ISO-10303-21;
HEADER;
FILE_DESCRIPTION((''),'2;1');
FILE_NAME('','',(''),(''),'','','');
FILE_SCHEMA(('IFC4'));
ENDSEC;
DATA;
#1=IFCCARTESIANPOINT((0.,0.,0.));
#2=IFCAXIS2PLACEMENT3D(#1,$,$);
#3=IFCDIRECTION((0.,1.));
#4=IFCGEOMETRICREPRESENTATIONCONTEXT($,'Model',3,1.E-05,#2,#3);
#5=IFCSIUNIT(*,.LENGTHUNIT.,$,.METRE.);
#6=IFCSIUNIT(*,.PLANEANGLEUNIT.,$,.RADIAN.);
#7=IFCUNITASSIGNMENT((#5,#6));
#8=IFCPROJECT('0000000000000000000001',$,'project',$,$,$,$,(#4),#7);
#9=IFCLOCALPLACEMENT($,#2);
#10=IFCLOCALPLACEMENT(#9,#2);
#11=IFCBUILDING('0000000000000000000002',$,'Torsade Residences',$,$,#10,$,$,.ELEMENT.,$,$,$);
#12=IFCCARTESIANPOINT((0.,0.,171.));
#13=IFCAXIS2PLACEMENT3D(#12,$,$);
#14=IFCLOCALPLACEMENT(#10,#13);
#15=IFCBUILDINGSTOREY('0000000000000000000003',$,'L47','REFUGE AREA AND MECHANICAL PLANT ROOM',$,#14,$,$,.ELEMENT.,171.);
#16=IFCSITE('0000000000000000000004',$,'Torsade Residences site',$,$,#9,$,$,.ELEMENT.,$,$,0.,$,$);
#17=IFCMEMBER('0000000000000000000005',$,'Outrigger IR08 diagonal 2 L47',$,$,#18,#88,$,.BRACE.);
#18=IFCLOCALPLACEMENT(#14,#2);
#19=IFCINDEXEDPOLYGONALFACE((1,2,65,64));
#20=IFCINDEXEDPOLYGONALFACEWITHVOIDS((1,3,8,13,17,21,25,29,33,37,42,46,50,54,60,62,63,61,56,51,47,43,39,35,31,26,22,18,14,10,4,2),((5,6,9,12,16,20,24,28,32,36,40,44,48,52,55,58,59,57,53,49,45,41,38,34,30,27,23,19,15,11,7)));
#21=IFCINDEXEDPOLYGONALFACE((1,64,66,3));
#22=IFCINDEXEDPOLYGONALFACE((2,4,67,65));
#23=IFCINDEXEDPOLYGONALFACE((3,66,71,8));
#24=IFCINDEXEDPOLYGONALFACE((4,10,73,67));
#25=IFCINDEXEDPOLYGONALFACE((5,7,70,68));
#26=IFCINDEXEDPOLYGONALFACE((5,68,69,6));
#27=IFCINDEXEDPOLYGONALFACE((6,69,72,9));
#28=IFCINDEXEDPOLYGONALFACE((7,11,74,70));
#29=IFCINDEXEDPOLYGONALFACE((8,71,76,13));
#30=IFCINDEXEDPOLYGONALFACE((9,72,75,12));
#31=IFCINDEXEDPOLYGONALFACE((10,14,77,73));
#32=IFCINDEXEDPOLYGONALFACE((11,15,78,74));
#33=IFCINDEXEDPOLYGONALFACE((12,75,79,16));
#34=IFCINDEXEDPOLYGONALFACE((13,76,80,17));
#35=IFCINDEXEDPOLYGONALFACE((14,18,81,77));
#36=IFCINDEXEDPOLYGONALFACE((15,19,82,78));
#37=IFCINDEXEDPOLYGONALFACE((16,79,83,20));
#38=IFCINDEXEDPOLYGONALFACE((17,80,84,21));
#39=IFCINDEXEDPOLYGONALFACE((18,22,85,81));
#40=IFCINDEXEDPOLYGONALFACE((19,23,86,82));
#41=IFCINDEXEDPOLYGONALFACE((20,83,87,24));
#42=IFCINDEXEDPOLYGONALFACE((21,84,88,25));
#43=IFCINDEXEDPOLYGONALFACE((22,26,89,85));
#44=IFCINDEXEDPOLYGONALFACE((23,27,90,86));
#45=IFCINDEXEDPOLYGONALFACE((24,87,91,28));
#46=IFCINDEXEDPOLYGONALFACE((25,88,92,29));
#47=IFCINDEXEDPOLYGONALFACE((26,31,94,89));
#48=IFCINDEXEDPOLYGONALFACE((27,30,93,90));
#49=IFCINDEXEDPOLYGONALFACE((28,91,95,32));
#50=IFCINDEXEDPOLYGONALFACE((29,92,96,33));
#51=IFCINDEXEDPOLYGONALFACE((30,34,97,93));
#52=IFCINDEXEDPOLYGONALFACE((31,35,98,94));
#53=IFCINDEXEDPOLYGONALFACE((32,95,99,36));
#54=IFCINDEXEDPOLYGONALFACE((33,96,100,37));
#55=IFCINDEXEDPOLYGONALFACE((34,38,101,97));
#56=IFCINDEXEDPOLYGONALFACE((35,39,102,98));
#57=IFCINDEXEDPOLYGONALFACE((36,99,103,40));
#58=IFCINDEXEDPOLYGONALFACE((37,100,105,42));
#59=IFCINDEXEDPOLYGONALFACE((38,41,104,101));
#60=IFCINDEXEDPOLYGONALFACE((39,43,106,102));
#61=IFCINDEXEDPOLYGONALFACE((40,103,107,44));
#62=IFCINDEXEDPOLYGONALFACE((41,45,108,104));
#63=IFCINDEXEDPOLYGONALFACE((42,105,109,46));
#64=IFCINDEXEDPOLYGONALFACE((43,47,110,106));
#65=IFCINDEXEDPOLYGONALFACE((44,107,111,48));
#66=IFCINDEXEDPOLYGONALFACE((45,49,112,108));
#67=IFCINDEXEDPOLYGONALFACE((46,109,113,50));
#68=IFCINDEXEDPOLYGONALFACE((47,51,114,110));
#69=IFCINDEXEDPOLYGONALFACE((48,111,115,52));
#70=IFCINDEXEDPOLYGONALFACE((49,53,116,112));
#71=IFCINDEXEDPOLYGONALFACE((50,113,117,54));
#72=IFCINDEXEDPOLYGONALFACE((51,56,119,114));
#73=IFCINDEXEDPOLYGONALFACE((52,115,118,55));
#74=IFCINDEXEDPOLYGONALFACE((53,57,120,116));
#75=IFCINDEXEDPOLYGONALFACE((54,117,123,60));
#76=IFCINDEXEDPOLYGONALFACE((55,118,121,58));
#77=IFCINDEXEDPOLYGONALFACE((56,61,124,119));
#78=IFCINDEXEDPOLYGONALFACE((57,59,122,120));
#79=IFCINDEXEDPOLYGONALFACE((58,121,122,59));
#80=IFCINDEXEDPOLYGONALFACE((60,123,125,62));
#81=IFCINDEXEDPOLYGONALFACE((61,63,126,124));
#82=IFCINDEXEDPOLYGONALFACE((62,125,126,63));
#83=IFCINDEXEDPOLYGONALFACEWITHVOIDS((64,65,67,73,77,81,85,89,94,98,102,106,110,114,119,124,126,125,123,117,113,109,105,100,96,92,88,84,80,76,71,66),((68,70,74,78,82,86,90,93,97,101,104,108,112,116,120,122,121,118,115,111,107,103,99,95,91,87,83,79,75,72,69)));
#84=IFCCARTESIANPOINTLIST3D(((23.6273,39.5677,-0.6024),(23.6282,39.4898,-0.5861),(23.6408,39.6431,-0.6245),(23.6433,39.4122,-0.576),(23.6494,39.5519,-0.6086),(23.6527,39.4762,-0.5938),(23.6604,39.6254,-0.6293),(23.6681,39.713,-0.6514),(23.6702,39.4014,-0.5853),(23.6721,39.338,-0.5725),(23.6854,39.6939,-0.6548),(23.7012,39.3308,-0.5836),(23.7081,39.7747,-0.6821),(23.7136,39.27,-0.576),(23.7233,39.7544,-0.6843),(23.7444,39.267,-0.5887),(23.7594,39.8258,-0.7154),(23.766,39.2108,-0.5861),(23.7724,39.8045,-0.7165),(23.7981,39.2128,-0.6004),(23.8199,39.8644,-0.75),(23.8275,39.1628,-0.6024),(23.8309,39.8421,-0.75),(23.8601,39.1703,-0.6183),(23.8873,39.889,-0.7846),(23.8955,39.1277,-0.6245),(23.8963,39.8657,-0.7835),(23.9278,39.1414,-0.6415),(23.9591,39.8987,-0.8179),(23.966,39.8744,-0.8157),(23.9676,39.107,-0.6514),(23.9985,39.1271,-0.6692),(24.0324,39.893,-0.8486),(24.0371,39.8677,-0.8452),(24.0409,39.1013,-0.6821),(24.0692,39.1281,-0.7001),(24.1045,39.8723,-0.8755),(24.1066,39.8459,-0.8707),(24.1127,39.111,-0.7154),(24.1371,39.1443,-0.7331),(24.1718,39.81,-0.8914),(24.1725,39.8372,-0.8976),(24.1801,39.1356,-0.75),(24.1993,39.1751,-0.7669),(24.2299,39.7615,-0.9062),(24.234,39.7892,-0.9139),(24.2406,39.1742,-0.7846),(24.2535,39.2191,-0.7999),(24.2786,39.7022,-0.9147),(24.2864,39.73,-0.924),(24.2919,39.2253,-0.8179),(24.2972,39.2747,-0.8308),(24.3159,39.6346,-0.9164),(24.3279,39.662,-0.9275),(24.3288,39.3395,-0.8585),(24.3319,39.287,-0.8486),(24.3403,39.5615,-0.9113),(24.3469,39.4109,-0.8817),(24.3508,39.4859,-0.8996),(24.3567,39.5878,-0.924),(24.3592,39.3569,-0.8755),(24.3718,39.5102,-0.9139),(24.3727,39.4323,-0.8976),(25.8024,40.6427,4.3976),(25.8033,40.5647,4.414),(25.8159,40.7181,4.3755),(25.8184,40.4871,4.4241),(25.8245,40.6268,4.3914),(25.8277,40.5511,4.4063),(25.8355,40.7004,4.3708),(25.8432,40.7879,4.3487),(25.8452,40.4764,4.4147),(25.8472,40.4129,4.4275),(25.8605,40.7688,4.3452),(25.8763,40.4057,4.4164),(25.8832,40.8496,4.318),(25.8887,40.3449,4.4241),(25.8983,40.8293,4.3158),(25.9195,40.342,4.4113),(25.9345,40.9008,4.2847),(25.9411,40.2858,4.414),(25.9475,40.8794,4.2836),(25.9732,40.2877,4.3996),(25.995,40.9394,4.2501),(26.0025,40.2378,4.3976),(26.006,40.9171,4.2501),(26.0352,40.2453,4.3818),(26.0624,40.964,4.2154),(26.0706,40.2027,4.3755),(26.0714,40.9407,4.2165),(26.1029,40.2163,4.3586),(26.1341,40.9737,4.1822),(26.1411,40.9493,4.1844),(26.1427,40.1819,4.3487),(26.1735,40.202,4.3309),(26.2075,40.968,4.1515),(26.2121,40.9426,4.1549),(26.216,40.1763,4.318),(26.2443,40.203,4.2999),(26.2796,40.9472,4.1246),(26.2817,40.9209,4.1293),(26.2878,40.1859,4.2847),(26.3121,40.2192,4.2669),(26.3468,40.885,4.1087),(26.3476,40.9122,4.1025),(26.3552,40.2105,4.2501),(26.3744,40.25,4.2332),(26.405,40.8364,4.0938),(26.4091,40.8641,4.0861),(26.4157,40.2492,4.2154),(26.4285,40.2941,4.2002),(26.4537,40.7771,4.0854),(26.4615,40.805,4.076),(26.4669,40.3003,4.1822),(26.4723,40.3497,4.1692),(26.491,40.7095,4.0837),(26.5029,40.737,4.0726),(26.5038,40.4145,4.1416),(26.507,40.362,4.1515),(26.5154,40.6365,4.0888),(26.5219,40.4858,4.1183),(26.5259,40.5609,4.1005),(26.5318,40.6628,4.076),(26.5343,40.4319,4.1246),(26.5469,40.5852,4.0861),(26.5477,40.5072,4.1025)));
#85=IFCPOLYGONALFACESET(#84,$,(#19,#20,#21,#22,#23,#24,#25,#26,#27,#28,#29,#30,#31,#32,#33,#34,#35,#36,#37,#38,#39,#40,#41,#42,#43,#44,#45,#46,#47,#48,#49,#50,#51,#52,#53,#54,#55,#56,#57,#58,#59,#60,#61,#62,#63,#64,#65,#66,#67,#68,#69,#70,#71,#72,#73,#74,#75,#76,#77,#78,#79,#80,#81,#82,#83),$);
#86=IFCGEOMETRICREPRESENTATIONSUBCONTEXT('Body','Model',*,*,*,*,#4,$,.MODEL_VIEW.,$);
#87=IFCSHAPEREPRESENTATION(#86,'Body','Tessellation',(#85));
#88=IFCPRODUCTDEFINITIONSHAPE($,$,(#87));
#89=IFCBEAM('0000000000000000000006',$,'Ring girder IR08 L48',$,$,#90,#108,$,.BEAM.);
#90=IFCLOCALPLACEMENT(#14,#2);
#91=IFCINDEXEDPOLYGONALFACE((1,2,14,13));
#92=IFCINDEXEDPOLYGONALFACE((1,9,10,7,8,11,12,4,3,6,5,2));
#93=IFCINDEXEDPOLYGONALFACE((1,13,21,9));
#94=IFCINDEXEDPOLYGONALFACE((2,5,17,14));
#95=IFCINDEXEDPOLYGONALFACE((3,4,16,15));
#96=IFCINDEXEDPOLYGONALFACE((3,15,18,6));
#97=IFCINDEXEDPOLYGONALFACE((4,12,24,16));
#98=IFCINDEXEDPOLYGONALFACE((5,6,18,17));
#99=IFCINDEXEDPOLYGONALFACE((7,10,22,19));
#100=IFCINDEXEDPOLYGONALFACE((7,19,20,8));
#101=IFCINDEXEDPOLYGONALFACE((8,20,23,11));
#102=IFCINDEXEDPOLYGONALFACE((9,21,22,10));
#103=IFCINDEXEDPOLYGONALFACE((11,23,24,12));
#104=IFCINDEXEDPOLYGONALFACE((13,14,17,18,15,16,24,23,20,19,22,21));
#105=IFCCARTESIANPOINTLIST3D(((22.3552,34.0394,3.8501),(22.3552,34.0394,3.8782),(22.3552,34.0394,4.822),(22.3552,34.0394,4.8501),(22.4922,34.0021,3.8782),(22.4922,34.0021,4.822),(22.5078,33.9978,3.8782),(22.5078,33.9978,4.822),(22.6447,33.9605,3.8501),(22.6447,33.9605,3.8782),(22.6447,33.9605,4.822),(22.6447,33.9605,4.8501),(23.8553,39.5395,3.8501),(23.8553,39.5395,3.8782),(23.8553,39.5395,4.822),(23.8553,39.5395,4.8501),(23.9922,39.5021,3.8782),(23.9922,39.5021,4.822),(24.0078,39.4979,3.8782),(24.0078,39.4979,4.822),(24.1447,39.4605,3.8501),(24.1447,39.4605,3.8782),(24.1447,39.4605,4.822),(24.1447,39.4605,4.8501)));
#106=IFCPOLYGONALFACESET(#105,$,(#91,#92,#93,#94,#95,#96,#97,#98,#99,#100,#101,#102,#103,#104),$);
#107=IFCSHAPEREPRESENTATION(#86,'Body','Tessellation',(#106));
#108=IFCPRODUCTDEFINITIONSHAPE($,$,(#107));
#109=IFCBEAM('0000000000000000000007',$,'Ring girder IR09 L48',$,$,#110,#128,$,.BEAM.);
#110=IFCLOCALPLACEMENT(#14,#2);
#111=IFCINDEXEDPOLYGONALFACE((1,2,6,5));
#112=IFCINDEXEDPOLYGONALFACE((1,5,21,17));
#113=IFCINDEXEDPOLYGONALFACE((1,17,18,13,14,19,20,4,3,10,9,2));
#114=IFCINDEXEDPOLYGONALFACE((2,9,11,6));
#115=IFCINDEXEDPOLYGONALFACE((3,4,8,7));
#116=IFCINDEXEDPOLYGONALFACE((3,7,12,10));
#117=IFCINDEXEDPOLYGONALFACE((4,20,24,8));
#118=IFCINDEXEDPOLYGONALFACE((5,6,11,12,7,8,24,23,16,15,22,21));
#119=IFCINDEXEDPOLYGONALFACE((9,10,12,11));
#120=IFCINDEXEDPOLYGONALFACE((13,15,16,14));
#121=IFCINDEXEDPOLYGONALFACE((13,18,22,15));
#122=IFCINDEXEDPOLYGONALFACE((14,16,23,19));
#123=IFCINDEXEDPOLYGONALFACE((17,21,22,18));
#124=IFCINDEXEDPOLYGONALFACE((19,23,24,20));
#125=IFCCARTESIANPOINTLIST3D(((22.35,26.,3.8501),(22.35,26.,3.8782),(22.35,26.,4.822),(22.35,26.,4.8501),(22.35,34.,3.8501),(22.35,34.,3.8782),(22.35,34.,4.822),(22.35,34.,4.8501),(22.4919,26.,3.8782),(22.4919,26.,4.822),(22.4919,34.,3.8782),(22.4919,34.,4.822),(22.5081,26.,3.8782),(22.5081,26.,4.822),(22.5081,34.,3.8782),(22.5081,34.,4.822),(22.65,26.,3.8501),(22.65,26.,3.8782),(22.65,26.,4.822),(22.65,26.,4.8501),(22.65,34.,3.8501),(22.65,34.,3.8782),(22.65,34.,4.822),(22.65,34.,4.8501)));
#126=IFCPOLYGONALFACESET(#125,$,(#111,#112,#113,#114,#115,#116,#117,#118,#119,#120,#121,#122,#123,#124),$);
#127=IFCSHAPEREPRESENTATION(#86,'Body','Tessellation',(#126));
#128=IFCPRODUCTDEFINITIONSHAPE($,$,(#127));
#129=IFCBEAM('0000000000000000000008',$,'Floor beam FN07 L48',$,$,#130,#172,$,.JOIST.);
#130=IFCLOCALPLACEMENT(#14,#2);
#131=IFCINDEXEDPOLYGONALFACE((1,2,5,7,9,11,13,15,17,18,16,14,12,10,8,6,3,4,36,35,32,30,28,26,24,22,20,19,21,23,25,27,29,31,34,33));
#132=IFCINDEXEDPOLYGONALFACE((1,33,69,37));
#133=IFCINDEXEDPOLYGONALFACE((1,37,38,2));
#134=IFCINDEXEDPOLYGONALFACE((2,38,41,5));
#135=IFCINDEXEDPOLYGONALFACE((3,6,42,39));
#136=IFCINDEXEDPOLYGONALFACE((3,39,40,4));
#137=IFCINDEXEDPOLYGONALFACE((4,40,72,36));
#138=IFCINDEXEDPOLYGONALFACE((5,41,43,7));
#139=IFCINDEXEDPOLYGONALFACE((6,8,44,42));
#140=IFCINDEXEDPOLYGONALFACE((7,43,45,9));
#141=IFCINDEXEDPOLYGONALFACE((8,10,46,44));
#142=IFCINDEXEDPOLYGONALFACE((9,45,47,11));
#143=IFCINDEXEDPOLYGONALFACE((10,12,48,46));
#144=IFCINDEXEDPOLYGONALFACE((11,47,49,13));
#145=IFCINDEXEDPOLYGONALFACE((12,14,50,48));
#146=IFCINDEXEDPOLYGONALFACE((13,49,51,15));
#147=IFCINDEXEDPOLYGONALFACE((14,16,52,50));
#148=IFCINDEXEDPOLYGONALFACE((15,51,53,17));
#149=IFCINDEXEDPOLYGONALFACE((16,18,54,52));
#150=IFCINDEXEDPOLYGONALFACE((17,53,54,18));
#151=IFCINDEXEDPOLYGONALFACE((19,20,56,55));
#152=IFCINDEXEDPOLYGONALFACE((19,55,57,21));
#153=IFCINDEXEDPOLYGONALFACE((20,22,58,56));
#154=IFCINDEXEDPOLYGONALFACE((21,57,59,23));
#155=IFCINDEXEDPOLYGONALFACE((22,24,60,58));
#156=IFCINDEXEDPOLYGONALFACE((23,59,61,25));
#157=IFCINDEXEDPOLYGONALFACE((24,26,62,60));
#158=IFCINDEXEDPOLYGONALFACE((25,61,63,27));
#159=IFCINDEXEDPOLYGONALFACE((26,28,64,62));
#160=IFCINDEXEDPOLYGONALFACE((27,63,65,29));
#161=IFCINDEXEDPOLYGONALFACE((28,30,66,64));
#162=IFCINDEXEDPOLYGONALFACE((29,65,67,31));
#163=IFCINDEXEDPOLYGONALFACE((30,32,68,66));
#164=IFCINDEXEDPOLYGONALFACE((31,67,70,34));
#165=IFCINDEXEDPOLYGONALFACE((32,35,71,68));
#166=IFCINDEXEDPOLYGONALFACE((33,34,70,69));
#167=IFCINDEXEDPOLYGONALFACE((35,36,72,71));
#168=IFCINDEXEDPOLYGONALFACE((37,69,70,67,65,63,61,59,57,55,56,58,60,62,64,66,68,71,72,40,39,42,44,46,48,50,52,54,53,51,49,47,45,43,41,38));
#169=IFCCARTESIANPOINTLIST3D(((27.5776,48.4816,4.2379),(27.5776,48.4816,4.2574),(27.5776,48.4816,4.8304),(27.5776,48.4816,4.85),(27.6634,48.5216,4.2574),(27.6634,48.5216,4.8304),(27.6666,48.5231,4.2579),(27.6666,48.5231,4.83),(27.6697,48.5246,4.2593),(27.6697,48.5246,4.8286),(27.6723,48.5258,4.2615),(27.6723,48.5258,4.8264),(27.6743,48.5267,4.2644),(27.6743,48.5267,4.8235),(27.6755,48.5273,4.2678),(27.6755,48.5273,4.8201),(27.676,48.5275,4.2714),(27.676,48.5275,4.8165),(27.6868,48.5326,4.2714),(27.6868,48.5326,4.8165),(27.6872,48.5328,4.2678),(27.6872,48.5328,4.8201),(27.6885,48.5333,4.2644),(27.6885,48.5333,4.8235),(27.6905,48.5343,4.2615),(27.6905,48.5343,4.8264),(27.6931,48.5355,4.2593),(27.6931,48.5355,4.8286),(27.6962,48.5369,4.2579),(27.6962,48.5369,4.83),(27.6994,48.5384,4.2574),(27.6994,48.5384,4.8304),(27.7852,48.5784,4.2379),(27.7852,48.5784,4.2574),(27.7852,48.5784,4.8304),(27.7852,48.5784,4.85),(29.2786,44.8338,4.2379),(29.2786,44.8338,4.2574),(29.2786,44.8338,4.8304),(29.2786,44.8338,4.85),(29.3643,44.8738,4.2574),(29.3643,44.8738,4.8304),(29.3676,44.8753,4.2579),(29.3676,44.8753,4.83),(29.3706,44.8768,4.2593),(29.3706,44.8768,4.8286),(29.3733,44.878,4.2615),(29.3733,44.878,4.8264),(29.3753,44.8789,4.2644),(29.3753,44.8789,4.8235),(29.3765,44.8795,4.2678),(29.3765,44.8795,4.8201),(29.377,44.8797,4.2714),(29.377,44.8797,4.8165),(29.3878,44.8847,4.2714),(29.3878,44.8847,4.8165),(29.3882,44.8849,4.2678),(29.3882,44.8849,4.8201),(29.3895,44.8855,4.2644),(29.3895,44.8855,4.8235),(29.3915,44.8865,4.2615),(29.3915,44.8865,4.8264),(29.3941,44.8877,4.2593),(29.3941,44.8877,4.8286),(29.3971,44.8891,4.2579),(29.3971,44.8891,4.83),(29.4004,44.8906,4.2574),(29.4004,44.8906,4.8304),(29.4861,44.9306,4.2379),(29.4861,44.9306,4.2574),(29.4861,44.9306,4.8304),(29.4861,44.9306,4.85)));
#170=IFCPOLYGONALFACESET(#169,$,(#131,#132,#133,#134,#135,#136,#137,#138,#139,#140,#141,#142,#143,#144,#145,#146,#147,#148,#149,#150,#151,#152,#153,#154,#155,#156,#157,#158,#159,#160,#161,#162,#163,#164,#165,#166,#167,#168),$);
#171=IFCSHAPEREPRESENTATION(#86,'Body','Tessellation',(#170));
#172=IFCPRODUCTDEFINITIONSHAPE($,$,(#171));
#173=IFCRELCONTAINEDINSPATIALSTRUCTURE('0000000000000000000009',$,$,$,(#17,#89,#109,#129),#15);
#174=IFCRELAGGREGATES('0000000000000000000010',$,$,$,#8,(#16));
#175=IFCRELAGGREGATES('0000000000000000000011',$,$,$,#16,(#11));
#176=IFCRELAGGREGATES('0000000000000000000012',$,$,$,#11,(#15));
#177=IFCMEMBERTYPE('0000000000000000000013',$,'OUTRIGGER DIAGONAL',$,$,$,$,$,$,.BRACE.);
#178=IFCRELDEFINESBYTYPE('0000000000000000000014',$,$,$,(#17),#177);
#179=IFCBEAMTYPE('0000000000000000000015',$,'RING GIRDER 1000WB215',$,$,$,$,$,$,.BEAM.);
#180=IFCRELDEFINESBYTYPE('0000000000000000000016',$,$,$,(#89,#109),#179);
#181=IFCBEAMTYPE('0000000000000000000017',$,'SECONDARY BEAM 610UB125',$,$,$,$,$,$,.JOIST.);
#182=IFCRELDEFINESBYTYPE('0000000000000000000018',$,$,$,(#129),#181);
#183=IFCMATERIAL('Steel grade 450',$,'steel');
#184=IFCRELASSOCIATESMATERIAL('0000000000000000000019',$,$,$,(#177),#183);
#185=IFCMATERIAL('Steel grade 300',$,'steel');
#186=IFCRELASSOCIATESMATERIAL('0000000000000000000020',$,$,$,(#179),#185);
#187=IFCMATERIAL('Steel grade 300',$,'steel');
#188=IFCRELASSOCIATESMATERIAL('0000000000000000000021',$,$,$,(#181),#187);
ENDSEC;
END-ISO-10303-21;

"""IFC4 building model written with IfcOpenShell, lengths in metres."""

from ifc_helpers import new_model, si_unit, direction, frame, origin, origin_2d, place, context, subcontext, project, spatial, hollow_circle, i_section, extrude, material, material_profile, profile_set, type_object, element, save


model = new_model("IFC4")

# Units and contexts
model_context = context("Model", 3, precision=1e-05, world=origin(), true_north=direction((0.0, 1.0)))
body_context = subcontext(model_context, "Body", "Model", "MODEL_VIEW")
ifc_project = project(units=[si_unit("LENGTHUNIT", "METRE"), si_unit("PLANEANGLEUNIT", "RADIAN")], contexts=[model_context])

# Site, building, storey
site_placement = place(None, origin())
site = spatial("IfcSite", under=ifc_project, at=site_placement, Name="Torsade Residences site", CompositionType="ELEMENT", RefElevation=0.0)
building_placement = place(site_placement, origin())
building = spatial("IfcBuilding", under=site, at=building_placement, Name="Torsade Residences", CompositionType="ELEMENT")
storey_placement = place(building_placement, frame((0.0, 0.0, 171.0)))
storey = spatial("IfcBuildingStorey", under=building, at=storey_placement, Name="L47", Description="REFUGE AREA AND MECHANICAL PLANT ROOM", CompositionType="ELEMENT", Elevation=171.0)

# Member
ifc_material_1 = material(Name="Steel grade 450", Category="steel")
ifc_material_profile_1 = material_profile(ifc_material_1, hollow_circle(Radius=0.4065, WallThickness=0.0249, at=origin_2d()), Name="813.0x25.0CHS")
ifc_profile_set_1 = profile_set([ifc_material_profile_1], Name="Steel grade 450")
member_type_1 = type_object("IfcMemberType", Name="OUTRIGGER DIAGONAL", PredefinedType="BRACE", material=ifc_profile_set_1)
member_1_placement = place(storey_placement, frame((24.0, 39.5, -0.75), z_axis=(0.391368, 0.193422, 0.899677), x_axis=(-0.443063, 0.896491, 0.0)))
element("IfcMember", 1, at=member_1_placement, inside=storey, type_object=member_type_1, Name="Outrigger IR08 diagonal 2 L47", PredefinedType="BRACE", context=body_context, shape_type="SweptSolid", body=[
    extrude(hollow_circle(Radius=0.4065, WallThickness=0.0249, at=origin_2d()), origin(), (0.0, 0.0, 1.0), 5.5576),
])

# Beams
ifc_material_2 = material(Name="Steel grade 300", Category="steel")
ifc_material_profile_2 = material_profile(ifc_material_2, i_section(OverallWidth=0.3, OverallDepth=1.0, WebThickness=0.0161, FlangeThickness=0.0281, at=origin_2d()), Name="1000WB215")
ifc_profile_set_2 = profile_set([ifc_material_profile_2], Name="Steel grade 300")
beam_type_1 = type_object("IfcBeamType", Name="RING GIRDER 1000WB215", PredefinedType="BEAM", material=ifc_profile_set_2)
beam_1_placement = place(storey_placement, frame((24.0, 39.5, 4.3501), z_axis=(-0.263117, -0.964764, 0.0), x_axis=(0.964764, -0.263117, 0.0)))
element("IfcBeam", 2, at=beam_1_placement, inside=storey, type_object=beam_type_1, Name="Ring girder IR08 L48", PredefinedType="BEAM", context=body_context, shape_type="SweptSolid", body=[
    extrude(i_section(OverallWidth=0.3, OverallDepth=1.0, WebThickness=0.0161, FlangeThickness=0.0281, at=origin_2d()), origin(), (0.0, 0.0, 1.0), 5.7009),
])
beam_2_placement = place(storey_placement, frame((22.5, 34.0, 4.3501), z_axis=(0.0, -1.0, 0.0), x_axis=(1.0, 0.0, 0.0)))
element("IfcBeam", 3, at=beam_2_placement, inside=storey, type_object=beam_type_1, Name="Ring girder IR09 L48", PredefinedType="BEAM", context=body_context, shape_type="SweptSolid", body=[
    extrude(i_section(OverallWidth=0.3, OverallDepth=1.0, WebThickness=0.0161, FlangeThickness=0.0281, at=origin_2d()), origin(), (0.0, 0.0, 1.0), 8.0),
])
ifc_material_3 = material(Name="Steel grade 300", Category="steel")
ifc_material_profile_3 = material_profile(ifc_material_3, i_section(OverallWidth=0.229, OverallDepth=0.6121, WebThickness=0.012, FlangeThickness=0.0195, FilletRadius=0.0139, at=origin_2d()), Name="610UB125")
ifc_profile_set_3 = profile_set([ifc_material_profile_3], Name="Steel grade 300")
beam_type_2 = type_object("IfcBeamType", Name="SECONDARY BEAM 610UB125", PredefinedType="JOIST", material=ifc_profile_set_3)
beam_3_placement = place(storey_placement, frame((27.6814, 48.53, 4.5439), z_axis=(0.422613, -0.90631, 0.0), x_axis=(0.90631, 0.422613, 0.0)))
element("IfcBeam", 4, at=beam_3_placement, inside=storey, type_object=beam_type_2, Name="Floor beam FN07 L48", PredefinedType="JOIST", context=body_context, shape_type="SweptSolid", body=[
    extrude(i_section(OverallWidth=0.229, OverallDepth=0.6121, WebThickness=0.012, FlangeThickness=0.0195, FilletRadius=0.0139, at=origin_2d()), origin(), (0.0, 0.0, 1.0), 4.0249),
])

save(model, "model.ifc")
